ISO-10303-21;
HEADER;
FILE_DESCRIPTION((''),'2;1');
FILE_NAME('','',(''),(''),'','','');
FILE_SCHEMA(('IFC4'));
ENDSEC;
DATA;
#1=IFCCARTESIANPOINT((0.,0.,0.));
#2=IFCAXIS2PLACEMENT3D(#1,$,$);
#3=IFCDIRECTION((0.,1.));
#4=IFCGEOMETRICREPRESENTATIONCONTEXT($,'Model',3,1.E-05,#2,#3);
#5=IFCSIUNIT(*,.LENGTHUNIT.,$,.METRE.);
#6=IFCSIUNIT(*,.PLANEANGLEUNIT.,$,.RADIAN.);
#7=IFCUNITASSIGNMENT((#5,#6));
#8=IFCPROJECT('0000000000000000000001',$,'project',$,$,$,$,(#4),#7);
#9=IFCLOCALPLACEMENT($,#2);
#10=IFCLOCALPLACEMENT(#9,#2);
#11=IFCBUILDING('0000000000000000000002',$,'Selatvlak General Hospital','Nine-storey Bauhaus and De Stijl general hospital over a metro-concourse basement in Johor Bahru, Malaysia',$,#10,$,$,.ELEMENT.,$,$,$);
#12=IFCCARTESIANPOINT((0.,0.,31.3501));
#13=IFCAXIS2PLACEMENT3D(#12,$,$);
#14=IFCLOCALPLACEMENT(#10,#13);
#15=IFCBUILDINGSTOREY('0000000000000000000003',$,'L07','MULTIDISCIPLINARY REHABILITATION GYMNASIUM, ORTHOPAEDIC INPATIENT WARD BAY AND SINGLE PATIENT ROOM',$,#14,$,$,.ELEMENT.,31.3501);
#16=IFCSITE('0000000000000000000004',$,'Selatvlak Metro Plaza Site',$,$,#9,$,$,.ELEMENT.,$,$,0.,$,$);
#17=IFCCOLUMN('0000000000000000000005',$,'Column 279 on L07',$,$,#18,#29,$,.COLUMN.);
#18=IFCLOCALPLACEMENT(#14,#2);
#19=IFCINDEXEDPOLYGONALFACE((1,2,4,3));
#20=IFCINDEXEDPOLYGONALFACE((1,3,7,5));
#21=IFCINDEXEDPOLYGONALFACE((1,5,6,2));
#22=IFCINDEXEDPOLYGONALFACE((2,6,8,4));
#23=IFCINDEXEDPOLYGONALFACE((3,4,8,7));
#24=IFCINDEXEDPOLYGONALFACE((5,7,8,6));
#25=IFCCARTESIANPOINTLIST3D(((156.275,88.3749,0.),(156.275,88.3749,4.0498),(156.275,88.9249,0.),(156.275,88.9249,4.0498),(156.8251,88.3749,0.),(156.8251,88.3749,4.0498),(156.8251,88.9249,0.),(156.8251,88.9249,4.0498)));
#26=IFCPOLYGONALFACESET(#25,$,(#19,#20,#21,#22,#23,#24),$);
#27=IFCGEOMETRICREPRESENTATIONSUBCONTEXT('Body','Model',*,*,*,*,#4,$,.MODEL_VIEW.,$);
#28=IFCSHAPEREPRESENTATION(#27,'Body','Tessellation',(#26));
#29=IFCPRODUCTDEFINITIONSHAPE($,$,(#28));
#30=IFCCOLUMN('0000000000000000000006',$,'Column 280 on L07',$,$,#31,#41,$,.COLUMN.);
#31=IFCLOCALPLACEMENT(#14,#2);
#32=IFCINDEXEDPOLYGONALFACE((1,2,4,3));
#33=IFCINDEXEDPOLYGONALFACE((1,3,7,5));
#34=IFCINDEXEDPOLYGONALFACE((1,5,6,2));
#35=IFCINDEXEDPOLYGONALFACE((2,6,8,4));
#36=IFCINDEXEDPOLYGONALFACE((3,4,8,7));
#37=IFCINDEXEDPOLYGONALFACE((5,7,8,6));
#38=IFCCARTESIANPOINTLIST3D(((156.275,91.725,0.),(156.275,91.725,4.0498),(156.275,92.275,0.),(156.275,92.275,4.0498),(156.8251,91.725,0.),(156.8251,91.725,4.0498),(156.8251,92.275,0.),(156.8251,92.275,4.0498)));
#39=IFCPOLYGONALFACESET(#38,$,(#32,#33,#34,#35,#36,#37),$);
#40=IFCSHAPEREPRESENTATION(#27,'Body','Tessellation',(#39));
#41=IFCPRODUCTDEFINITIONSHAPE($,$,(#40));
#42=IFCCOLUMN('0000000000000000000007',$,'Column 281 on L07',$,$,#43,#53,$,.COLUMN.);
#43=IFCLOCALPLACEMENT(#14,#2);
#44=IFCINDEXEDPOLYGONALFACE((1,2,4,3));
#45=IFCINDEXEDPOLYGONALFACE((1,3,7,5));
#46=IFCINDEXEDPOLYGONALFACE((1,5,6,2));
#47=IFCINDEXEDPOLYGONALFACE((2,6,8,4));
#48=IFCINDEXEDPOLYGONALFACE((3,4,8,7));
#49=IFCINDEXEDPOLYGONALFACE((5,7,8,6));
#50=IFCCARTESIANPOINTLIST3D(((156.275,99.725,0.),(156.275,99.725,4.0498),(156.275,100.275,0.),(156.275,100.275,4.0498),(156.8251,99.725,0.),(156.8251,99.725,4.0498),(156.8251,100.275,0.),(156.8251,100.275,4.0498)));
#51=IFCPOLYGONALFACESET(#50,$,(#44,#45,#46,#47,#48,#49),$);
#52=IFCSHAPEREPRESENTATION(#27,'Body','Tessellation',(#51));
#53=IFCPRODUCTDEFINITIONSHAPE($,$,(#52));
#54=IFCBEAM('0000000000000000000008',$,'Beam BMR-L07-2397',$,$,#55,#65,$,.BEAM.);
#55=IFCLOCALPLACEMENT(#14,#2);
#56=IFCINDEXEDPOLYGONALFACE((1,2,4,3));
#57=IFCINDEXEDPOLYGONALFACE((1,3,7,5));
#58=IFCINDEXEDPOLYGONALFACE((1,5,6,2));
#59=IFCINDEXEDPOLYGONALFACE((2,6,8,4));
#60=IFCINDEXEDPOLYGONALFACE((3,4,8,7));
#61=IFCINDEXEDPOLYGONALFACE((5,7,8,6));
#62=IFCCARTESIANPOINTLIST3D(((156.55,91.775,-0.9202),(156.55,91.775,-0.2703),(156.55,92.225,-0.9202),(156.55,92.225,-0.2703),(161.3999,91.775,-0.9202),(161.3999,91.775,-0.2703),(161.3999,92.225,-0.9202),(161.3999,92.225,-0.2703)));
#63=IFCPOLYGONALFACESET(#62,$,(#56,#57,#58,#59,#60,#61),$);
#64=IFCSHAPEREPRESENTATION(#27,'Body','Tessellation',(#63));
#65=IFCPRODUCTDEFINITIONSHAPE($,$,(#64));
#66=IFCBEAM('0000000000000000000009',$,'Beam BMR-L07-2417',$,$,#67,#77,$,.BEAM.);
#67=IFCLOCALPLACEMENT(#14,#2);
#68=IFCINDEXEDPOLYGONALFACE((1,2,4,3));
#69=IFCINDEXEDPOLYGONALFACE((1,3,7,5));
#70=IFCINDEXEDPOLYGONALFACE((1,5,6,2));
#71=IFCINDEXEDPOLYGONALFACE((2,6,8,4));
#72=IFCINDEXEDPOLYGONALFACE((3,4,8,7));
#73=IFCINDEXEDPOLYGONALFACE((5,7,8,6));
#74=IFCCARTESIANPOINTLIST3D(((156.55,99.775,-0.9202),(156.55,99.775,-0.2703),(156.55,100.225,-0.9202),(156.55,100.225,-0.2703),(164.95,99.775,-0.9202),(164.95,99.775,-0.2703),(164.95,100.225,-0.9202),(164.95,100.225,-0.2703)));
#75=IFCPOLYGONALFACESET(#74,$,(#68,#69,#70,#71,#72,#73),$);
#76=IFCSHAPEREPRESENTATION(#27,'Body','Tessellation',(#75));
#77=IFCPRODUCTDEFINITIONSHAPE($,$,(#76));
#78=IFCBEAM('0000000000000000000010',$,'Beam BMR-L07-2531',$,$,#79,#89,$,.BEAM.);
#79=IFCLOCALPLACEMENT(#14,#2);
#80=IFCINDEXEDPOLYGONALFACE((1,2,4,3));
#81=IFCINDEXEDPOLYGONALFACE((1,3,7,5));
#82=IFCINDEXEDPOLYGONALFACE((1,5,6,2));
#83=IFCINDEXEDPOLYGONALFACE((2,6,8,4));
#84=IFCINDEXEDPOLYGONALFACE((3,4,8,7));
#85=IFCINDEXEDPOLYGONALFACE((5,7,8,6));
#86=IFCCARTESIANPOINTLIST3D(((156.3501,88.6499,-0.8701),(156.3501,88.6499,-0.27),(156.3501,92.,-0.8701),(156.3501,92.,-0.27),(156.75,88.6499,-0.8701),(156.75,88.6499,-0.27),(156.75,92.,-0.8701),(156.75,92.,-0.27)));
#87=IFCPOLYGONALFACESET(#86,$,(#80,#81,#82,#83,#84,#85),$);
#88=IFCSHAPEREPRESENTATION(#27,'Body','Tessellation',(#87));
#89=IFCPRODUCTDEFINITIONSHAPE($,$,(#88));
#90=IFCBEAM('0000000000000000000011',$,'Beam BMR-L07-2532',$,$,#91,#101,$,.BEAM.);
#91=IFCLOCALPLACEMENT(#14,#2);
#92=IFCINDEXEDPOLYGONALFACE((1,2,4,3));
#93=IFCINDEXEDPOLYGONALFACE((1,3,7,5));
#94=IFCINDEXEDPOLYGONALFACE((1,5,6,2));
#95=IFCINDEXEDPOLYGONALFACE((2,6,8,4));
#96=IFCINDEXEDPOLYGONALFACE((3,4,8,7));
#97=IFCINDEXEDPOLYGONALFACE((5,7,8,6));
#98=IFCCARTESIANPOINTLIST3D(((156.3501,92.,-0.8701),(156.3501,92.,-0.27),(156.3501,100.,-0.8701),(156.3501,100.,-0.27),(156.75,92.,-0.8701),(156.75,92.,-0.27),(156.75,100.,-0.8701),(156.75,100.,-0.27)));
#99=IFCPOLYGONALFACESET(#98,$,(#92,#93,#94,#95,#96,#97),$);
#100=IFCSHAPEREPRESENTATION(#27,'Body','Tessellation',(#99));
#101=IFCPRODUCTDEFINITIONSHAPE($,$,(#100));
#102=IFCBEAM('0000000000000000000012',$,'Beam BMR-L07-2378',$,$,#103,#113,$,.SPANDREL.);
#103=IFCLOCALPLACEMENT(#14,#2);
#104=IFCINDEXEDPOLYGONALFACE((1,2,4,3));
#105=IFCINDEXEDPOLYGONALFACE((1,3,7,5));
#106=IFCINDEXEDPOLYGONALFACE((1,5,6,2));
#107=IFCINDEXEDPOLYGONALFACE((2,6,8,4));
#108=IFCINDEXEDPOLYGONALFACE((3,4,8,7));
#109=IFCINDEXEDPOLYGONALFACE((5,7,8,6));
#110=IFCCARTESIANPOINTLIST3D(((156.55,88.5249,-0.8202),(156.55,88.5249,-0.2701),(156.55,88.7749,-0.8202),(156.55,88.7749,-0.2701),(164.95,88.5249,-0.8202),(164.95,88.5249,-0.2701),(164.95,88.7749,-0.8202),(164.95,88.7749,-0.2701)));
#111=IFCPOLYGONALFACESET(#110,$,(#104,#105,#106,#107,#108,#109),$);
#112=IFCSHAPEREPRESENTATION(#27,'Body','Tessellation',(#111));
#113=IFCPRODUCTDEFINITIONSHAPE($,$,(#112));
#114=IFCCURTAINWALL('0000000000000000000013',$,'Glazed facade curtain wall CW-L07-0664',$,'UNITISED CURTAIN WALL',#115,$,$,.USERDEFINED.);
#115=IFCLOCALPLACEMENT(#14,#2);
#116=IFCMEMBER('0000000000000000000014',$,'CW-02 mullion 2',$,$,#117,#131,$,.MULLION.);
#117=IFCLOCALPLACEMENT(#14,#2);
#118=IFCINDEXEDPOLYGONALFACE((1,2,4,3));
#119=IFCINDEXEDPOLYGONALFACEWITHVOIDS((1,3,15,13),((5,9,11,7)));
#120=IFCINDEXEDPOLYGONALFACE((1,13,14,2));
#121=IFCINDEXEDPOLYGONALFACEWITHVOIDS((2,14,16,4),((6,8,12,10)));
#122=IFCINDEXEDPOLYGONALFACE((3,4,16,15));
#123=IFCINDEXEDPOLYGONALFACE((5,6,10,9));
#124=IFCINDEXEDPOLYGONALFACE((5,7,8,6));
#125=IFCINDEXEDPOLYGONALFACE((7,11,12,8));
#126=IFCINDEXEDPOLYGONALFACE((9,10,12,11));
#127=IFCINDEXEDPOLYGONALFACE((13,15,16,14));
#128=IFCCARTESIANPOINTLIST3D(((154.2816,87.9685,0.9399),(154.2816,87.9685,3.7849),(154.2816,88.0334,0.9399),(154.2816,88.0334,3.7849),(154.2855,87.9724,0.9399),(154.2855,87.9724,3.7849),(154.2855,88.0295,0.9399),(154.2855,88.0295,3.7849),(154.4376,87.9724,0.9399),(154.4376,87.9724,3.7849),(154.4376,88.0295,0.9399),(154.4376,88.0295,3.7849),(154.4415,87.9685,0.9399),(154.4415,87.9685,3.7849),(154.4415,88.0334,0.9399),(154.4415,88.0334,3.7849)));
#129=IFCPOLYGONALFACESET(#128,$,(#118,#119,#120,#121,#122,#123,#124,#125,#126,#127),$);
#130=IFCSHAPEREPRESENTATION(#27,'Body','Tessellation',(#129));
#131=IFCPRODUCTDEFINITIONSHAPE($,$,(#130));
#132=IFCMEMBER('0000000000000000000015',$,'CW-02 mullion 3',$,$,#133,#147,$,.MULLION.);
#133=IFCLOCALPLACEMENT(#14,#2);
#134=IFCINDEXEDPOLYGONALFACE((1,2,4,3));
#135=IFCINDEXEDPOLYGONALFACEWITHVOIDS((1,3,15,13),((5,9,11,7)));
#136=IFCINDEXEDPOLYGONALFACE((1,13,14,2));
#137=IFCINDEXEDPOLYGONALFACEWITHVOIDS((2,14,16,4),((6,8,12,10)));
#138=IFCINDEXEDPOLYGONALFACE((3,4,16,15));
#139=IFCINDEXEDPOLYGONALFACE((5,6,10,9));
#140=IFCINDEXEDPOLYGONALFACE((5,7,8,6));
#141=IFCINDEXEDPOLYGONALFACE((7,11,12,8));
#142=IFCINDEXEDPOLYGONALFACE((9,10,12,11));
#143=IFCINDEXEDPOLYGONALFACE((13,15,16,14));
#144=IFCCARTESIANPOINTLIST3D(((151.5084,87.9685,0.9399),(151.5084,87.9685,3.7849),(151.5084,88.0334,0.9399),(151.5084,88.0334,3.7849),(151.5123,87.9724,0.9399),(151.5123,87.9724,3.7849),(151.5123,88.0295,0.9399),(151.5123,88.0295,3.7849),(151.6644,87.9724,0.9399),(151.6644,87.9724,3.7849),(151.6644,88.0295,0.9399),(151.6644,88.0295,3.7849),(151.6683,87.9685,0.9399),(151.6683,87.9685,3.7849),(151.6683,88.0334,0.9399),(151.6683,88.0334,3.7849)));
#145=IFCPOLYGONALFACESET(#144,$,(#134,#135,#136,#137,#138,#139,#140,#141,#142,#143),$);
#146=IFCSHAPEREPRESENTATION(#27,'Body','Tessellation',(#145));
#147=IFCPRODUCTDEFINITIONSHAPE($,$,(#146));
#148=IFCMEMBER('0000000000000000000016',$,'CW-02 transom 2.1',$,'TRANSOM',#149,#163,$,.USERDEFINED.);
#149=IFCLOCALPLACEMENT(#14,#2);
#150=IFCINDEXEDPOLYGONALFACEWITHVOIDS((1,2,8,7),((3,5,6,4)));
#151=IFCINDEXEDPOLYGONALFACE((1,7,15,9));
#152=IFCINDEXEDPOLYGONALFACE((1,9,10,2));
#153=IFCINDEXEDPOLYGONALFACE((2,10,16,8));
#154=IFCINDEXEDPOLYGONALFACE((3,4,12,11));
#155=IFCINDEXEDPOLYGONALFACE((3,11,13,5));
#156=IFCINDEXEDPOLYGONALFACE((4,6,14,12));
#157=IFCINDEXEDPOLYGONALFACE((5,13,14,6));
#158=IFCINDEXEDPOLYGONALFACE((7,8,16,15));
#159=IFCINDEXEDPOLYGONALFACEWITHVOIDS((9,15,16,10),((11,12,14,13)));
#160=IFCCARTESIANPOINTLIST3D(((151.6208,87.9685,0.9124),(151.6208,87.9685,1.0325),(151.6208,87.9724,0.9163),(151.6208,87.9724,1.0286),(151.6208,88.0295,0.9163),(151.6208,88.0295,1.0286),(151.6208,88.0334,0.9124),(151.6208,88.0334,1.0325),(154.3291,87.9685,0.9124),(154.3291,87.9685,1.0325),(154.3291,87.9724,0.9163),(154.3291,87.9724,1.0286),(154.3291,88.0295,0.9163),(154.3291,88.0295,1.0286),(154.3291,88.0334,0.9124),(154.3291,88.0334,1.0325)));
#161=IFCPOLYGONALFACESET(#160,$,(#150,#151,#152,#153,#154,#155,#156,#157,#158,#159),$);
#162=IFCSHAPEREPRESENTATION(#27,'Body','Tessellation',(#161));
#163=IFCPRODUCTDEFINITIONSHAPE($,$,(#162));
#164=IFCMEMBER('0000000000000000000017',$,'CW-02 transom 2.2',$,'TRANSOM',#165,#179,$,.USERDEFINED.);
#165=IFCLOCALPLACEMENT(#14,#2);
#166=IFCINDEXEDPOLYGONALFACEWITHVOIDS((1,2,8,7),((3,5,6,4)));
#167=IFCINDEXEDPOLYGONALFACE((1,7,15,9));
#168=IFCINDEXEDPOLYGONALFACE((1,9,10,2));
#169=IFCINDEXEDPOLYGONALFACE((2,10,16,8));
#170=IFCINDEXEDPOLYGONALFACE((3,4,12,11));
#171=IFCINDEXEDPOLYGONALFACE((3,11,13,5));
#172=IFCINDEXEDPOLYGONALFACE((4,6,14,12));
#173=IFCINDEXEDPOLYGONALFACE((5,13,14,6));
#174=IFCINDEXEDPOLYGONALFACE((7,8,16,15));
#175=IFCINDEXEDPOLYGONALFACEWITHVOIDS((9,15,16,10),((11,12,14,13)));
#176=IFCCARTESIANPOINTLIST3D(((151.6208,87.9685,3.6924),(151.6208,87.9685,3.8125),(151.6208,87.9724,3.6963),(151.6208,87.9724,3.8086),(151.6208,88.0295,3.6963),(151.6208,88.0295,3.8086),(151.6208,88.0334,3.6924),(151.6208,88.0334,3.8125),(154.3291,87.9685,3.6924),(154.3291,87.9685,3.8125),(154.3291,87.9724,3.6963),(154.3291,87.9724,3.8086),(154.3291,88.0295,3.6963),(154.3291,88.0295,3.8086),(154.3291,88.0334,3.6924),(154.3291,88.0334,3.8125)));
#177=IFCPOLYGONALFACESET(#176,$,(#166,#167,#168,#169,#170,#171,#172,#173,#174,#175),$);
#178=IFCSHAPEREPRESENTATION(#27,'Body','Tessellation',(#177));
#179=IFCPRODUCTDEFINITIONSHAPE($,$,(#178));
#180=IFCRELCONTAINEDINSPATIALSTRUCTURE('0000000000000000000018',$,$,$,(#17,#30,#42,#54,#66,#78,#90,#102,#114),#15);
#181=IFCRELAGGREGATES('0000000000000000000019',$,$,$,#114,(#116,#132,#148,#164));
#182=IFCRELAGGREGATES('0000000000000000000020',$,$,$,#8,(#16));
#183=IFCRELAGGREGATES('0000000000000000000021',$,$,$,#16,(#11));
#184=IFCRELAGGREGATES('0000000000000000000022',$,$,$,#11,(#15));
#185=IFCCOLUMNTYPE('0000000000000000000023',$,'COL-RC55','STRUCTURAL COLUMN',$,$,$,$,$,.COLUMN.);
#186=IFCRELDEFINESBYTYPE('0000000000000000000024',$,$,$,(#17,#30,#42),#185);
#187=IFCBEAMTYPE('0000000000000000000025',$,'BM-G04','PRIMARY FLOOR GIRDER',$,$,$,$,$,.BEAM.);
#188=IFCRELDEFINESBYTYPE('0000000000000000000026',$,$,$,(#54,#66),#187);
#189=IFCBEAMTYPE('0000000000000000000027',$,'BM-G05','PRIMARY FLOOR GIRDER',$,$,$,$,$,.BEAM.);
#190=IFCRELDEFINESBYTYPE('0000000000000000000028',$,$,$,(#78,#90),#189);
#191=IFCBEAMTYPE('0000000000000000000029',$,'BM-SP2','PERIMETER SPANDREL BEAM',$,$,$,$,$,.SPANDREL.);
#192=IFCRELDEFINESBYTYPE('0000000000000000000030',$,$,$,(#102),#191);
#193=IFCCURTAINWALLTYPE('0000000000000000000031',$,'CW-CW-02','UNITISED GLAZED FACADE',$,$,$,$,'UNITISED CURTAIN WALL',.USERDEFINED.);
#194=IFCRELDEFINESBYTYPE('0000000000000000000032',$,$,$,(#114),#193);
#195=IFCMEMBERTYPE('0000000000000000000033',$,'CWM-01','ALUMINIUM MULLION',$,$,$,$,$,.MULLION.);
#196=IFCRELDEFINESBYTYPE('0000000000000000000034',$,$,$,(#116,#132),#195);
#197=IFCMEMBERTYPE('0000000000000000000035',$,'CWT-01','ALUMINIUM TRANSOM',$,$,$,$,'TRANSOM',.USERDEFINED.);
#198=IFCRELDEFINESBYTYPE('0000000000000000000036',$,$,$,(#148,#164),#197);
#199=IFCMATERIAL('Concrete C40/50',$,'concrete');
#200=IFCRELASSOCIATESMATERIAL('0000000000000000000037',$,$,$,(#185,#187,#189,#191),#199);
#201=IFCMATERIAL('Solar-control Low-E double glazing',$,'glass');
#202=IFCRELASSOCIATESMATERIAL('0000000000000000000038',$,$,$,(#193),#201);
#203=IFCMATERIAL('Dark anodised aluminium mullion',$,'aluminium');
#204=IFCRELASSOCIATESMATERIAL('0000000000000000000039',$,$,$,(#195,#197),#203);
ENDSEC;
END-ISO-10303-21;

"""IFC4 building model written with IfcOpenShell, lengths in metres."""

from ifc_helpers import new_model, si_unit, direction, frame, origin, origin_2d, place, context, subcontext, project, spatial, rectangle, hollow_rectangle, extrude, material, material_profile, profile_set, type_object, element, aggregate, save


model = new_model("IFC4")

# Units and contexts
model_context = context("Model", 3, precision=1e-05, world=origin(), true_north=direction((0.0, 1.0)))
body_context = subcontext(model_context, "Body", "Model", "MODEL_VIEW")
ifc_project = project(units=[si_unit("LENGTHUNIT", "METRE"), si_unit("PLANEANGLEUNIT", "RADIAN")], contexts=[model_context])

# Site, building, storey
site_placement = place(None, origin())
site = spatial("IfcSite", under=ifc_project, at=site_placement, Name="Selatvlak Metro Plaza Site", CompositionType="ELEMENT", RefElevation=0.0)
building_placement = place(site_placement, origin())
building = spatial("IfcBuilding", under=site, at=building_placement, Name="Selatvlak General Hospital", Description="Nine-storey Bauhaus and De Stijl general hospital over a metro-concourse basement in Johor Bahru, Malaysia", CompositionType="ELEMENT")
storey_placement = place(building_placement, frame((0.0, 0.0, 31.3501)))
storey = spatial("IfcBuildingStorey", under=building, at=storey_placement, Name="L07", Description="MULTIDISCIPLINARY REHABILITATION GYMNASIUM, ORTHOPAEDIC INPATIENT WARD BAY AND SINGLE PATIENT ROOM", CompositionType="ELEMENT", Elevation=31.3501)

# Columns
ifc_material_1 = material(Name="Concrete C40/50", Category="concrete")
ifc_material_profile_1 = material_profile(ifc_material_1, rectangle(XDim=0.55, YDim=0.55, at=origin_2d()), Name="RC-COL 550x550")
ifc_profile_set_1 = profile_set([ifc_material_profile_1], Name="Concrete C40/50")
column_type = type_object("IfcColumnType", Name="COL-RC55", Description="STRUCTURAL COLUMN", PredefinedType="COLUMN", material=ifc_profile_set_1)
for number, where, z_axis, x_axis, name in (
    (1, (156.55, 88.6499, 0.0), (0.0, 0.0, 1.0), (1.0, 0.0, 0.0), "Column 279 on L07"),
    (2, (156.55, 92.0, 0.0), (0.0, 0.0, 1.0), (1.0, 0.0, 0.0), "Column 280 on L07"),
    (3, (156.55, 100.0, 0.0), (0.0, 0.0, 1.0), (1.0, 0.0, 0.0), "Column 281 on L07"),
):
    element("IfcColumn", number, at=place(storey_placement, frame(where, z_axis=z_axis, x_axis=x_axis)), inside=storey, type_object=column_type, Name=name, PredefinedType="COLUMN", context=body_context, shape_type="SweptSolid", body=[
        extrude(rectangle(XDim=0.55, YDim=0.55, at=origin_2d()), origin(), (0.0, 0.0, 1.0), 4.0498),
    ])

# Beams
ifc_material_profile_2 = material_profile(ifc_material_1, rectangle(XDim=0.45, YDim=0.6499, at=origin_2d()), Name="RC-BM 450x650")
ifc_profile_set_2 = profile_set([ifc_material_profile_2], Name="Concrete C40/50")
beam_type_1 = type_object("IfcBeamType", Name="BM-G04", Description="PRIMARY FLOOR GIRDER", PredefinedType="BEAM", material=ifc_profile_set_2)
beam_1_placement = place(storey_placement, frame((156.55, 92.0, -0.5952), z_axis=(1.0, 0.0, 0.0), x_axis=(0.0, 1.0, 0.0)))
element("IfcBeam", 4, at=beam_1_placement, inside=storey, type_object=beam_type_1, Name="Beam BMR-L07-2397", PredefinedType="BEAM", context=body_context, shape_type="SweptSolid", body=[
    extrude(rectangle(XDim=0.45, YDim=0.6499, at=origin_2d()), origin(), (0.0, 0.0, 1.0), 4.8499),
])
beam_2_placement = place(storey_placement, frame((156.55, 100.0, -0.5952), z_axis=(1.0, 0.0, 0.0), x_axis=(0.0, 1.0, 0.0)))
element("IfcBeam", 5, at=beam_2_placement, inside=storey, type_object=beam_type_1, Name="Beam BMR-L07-2417", PredefinedType="BEAM", context=body_context, shape_type="SweptSolid", body=[
    extrude(rectangle(XDim=0.45, YDim=0.6499, at=origin_2d()), origin(), (0.0, 0.0, 1.0), 8.3999),
])
ifc_material_profile_3 = material_profile(ifc_material_1, rectangle(XDim=0.3999, YDim=0.6001, at=origin_2d()), Name="RC-BM 400x600")
ifc_profile_set_3 = profile_set([ifc_material_profile_3], Name="Concrete C40/50")
beam_type_2 = type_object("IfcBeamType", Name="BM-G05", Description="PRIMARY FLOOR GIRDER", PredefinedType="BEAM", material=ifc_profile_set_3)
beam_3_placement = place(storey_placement, frame((156.55, 88.6499, -0.5701), z_axis=(0.0, 1.0, 0.0), x_axis=(-1.0, 0.0, 0.0)))
element("IfcBeam", 6, at=beam_3_placement, inside=storey, type_object=beam_type_2, Name="Beam BMR-L07-2531", PredefinedType="BEAM", context=body_context, shape_type="SweptSolid", body=[
    extrude(rectangle(XDim=0.3999, YDim=0.6001, at=origin_2d()), origin(), (0.0, 0.0, 1.0), 3.3501),
])
beam_4_placement = place(storey_placement, frame((156.55, 92.0, -0.5701), z_axis=(0.0, 1.0, 0.0), x_axis=(-1.0, 0.0, 0.0)))
element("IfcBeam", 7, at=beam_4_placement, inside=storey, type_object=beam_type_2, Name="Beam BMR-L07-2532", PredefinedType="BEAM", context=body_context, shape_type="SweptSolid", body=[
    extrude(rectangle(XDim=0.3999, YDim=0.6001, at=origin_2d()), origin(), (0.0, 0.0, 1.0), 8.0),
])
ifc_material_profile_4 = material_profile(ifc_material_1, rectangle(XDim=0.25, YDim=0.55, at=origin_2d()), Name="RC-SP 250x550")
ifc_profile_set_4 = profile_set([ifc_material_profile_4], Name="Concrete C40/50")
beam_type_3 = type_object("IfcBeamType", Name="BM-SP2", Description="PERIMETER SPANDREL BEAM", PredefinedType="SPANDREL", material=ifc_profile_set_4)
beam_5_placement = place(storey_placement, frame((156.55, 88.6499, -0.5452), z_axis=(1.0, 0.0, 0.0), x_axis=(0.0, 1.0, 0.0)))
element("IfcBeam", 8, at=beam_5_placement, inside=storey, type_object=beam_type_3, Name="Beam BMR-L07-2378", PredefinedType="SPANDREL", context=body_context, shape_type="SweptSolid", body=[
    extrude(rectangle(XDim=0.25, YDim=0.55, at=origin_2d()), origin(), (0.0, 0.0, 1.0), 8.3999),
])

# Curtain wall, members
ifc_material_2 = material(Name="Solar-control Low-E double glazing", Category="glass")
curtain_wall_type = type_object("IfcCurtainWallType", Name="CW-CW-02", Description="UNITISED GLAZED FACADE", ElementType="UNITISED CURTAIN WALL", PredefinedType="USERDEFINED", material=ifc_material_2)
curtain_wall_placement = place(storey_placement, origin())
curtain_wall = element("IfcCurtainWall", 9, at=curtain_wall_placement, inside=storey, type_object=curtain_wall_type, Name="Glazed facade curtain wall CW-L07-0664", ObjectType="UNITISED CURTAIN WALL", PredefinedType="USERDEFINED")
ifc_material_3 = material(Name="Dark anodised aluminium mullion", Category="aluminium")
ifc_material_profile_5 = material_profile(ifc_material_3, hollow_rectangle(XDim=0.0649, YDim=0.1599, WallThickness=0.0039, at=origin_2d()), Name="AL-MUL 65x160x4")
ifc_profile_set_5 = profile_set([ifc_material_profile_5], Name="Dark anodised aluminium mullion")
member_type_1 = type_object("IfcMemberType", Name="CWM-01", Description="ALUMINIUM MULLION", PredefinedType="MULLION", material=ifc_profile_set_5)
member_1_placement = place(storey_placement, frame((154.3616, 88.001, 0.9399), z_axis=(0.0, 0.0, 1.0), x_axis=(0.0, -1.0, 0.0)))
member_1 = element("IfcMember", 10, at=member_1_placement, type_object=member_type_1, Name="CW-02 mullion 2", PredefinedType="MULLION", context=body_context, shape_type="SweptSolid", body=[
    extrude(hollow_rectangle(XDim=0.0649, YDim=0.1599, WallThickness=0.0039, at=origin_2d()), origin(), (0.0, 0.0, 1.0), 2.845),
])
member_2_placement = place(storey_placement, frame((151.5884, 88.001, 0.9399), z_axis=(0.0, 0.0, 1.0), x_axis=(0.0, -1.0, 0.0)))
member_2 = element("IfcMember", 11, at=member_2_placement, type_object=member_type_1, Name="CW-02 mullion 3", PredefinedType="MULLION", context=body_context, shape_type="SweptSolid", body=[
    extrude(hollow_rectangle(XDim=0.0649, YDim=0.1599, WallThickness=0.0039, at=origin_2d()), origin(), (0.0, 0.0, 1.0), 2.845),
])
ifc_material_profile_6 = material_profile(ifc_material_3, hollow_rectangle(XDim=0.0649, YDim=0.1201, WallThickness=0.0039, at=origin_2d()), Name="AL-TRN 65x120x4")
ifc_profile_set_6 = profile_set([ifc_material_profile_6], Name="Dark anodised aluminium mullion")
member_type_2 = type_object("IfcMemberType", Name="CWT-01", Description="ALUMINIUM TRANSOM", ElementType="TRANSOM", PredefinedType="USERDEFINED", material=ifc_profile_set_6)
member_3_placement = place(storey_placement, frame((154.3291, 88.001, 0.9724), z_axis=(-1.0, 0.0, 0.0), x_axis=(0.0, -1.0, 0.0)))
member_3 = element("IfcMember", 12, at=member_3_placement, type_object=member_type_2, Name="CW-02 transom 2.1", ObjectType="TRANSOM", PredefinedType="USERDEFINED", context=body_context, shape_type="SweptSolid", body=[
    extrude(hollow_rectangle(XDim=0.0649, YDim=0.1201, WallThickness=0.0039, at=origin_2d()), origin(), (0.0, 0.0, 1.0), 2.7083),
])
member_4_placement = place(storey_placement, frame((154.3291, 88.001, 3.7524), z_axis=(-1.0, 0.0, 0.0), x_axis=(0.0, -1.0, 0.0)))
member_4 = element("IfcMember", 13, at=member_4_placement, type_object=member_type_2, Name="CW-02 transom 2.2", ObjectType="TRANSOM", PredefinedType="USERDEFINED", context=body_context, shape_type="SweptSolid", body=[
    extrude(hollow_rectangle(XDim=0.0649, YDim=0.1201, WallThickness=0.0039, at=origin_2d()), origin(), (0.0, 0.0, 1.0), 2.7083),
])
aggregate(curtain_wall, [member_1, member_2, member_3, member_4])

save(model, "model.ifc")
